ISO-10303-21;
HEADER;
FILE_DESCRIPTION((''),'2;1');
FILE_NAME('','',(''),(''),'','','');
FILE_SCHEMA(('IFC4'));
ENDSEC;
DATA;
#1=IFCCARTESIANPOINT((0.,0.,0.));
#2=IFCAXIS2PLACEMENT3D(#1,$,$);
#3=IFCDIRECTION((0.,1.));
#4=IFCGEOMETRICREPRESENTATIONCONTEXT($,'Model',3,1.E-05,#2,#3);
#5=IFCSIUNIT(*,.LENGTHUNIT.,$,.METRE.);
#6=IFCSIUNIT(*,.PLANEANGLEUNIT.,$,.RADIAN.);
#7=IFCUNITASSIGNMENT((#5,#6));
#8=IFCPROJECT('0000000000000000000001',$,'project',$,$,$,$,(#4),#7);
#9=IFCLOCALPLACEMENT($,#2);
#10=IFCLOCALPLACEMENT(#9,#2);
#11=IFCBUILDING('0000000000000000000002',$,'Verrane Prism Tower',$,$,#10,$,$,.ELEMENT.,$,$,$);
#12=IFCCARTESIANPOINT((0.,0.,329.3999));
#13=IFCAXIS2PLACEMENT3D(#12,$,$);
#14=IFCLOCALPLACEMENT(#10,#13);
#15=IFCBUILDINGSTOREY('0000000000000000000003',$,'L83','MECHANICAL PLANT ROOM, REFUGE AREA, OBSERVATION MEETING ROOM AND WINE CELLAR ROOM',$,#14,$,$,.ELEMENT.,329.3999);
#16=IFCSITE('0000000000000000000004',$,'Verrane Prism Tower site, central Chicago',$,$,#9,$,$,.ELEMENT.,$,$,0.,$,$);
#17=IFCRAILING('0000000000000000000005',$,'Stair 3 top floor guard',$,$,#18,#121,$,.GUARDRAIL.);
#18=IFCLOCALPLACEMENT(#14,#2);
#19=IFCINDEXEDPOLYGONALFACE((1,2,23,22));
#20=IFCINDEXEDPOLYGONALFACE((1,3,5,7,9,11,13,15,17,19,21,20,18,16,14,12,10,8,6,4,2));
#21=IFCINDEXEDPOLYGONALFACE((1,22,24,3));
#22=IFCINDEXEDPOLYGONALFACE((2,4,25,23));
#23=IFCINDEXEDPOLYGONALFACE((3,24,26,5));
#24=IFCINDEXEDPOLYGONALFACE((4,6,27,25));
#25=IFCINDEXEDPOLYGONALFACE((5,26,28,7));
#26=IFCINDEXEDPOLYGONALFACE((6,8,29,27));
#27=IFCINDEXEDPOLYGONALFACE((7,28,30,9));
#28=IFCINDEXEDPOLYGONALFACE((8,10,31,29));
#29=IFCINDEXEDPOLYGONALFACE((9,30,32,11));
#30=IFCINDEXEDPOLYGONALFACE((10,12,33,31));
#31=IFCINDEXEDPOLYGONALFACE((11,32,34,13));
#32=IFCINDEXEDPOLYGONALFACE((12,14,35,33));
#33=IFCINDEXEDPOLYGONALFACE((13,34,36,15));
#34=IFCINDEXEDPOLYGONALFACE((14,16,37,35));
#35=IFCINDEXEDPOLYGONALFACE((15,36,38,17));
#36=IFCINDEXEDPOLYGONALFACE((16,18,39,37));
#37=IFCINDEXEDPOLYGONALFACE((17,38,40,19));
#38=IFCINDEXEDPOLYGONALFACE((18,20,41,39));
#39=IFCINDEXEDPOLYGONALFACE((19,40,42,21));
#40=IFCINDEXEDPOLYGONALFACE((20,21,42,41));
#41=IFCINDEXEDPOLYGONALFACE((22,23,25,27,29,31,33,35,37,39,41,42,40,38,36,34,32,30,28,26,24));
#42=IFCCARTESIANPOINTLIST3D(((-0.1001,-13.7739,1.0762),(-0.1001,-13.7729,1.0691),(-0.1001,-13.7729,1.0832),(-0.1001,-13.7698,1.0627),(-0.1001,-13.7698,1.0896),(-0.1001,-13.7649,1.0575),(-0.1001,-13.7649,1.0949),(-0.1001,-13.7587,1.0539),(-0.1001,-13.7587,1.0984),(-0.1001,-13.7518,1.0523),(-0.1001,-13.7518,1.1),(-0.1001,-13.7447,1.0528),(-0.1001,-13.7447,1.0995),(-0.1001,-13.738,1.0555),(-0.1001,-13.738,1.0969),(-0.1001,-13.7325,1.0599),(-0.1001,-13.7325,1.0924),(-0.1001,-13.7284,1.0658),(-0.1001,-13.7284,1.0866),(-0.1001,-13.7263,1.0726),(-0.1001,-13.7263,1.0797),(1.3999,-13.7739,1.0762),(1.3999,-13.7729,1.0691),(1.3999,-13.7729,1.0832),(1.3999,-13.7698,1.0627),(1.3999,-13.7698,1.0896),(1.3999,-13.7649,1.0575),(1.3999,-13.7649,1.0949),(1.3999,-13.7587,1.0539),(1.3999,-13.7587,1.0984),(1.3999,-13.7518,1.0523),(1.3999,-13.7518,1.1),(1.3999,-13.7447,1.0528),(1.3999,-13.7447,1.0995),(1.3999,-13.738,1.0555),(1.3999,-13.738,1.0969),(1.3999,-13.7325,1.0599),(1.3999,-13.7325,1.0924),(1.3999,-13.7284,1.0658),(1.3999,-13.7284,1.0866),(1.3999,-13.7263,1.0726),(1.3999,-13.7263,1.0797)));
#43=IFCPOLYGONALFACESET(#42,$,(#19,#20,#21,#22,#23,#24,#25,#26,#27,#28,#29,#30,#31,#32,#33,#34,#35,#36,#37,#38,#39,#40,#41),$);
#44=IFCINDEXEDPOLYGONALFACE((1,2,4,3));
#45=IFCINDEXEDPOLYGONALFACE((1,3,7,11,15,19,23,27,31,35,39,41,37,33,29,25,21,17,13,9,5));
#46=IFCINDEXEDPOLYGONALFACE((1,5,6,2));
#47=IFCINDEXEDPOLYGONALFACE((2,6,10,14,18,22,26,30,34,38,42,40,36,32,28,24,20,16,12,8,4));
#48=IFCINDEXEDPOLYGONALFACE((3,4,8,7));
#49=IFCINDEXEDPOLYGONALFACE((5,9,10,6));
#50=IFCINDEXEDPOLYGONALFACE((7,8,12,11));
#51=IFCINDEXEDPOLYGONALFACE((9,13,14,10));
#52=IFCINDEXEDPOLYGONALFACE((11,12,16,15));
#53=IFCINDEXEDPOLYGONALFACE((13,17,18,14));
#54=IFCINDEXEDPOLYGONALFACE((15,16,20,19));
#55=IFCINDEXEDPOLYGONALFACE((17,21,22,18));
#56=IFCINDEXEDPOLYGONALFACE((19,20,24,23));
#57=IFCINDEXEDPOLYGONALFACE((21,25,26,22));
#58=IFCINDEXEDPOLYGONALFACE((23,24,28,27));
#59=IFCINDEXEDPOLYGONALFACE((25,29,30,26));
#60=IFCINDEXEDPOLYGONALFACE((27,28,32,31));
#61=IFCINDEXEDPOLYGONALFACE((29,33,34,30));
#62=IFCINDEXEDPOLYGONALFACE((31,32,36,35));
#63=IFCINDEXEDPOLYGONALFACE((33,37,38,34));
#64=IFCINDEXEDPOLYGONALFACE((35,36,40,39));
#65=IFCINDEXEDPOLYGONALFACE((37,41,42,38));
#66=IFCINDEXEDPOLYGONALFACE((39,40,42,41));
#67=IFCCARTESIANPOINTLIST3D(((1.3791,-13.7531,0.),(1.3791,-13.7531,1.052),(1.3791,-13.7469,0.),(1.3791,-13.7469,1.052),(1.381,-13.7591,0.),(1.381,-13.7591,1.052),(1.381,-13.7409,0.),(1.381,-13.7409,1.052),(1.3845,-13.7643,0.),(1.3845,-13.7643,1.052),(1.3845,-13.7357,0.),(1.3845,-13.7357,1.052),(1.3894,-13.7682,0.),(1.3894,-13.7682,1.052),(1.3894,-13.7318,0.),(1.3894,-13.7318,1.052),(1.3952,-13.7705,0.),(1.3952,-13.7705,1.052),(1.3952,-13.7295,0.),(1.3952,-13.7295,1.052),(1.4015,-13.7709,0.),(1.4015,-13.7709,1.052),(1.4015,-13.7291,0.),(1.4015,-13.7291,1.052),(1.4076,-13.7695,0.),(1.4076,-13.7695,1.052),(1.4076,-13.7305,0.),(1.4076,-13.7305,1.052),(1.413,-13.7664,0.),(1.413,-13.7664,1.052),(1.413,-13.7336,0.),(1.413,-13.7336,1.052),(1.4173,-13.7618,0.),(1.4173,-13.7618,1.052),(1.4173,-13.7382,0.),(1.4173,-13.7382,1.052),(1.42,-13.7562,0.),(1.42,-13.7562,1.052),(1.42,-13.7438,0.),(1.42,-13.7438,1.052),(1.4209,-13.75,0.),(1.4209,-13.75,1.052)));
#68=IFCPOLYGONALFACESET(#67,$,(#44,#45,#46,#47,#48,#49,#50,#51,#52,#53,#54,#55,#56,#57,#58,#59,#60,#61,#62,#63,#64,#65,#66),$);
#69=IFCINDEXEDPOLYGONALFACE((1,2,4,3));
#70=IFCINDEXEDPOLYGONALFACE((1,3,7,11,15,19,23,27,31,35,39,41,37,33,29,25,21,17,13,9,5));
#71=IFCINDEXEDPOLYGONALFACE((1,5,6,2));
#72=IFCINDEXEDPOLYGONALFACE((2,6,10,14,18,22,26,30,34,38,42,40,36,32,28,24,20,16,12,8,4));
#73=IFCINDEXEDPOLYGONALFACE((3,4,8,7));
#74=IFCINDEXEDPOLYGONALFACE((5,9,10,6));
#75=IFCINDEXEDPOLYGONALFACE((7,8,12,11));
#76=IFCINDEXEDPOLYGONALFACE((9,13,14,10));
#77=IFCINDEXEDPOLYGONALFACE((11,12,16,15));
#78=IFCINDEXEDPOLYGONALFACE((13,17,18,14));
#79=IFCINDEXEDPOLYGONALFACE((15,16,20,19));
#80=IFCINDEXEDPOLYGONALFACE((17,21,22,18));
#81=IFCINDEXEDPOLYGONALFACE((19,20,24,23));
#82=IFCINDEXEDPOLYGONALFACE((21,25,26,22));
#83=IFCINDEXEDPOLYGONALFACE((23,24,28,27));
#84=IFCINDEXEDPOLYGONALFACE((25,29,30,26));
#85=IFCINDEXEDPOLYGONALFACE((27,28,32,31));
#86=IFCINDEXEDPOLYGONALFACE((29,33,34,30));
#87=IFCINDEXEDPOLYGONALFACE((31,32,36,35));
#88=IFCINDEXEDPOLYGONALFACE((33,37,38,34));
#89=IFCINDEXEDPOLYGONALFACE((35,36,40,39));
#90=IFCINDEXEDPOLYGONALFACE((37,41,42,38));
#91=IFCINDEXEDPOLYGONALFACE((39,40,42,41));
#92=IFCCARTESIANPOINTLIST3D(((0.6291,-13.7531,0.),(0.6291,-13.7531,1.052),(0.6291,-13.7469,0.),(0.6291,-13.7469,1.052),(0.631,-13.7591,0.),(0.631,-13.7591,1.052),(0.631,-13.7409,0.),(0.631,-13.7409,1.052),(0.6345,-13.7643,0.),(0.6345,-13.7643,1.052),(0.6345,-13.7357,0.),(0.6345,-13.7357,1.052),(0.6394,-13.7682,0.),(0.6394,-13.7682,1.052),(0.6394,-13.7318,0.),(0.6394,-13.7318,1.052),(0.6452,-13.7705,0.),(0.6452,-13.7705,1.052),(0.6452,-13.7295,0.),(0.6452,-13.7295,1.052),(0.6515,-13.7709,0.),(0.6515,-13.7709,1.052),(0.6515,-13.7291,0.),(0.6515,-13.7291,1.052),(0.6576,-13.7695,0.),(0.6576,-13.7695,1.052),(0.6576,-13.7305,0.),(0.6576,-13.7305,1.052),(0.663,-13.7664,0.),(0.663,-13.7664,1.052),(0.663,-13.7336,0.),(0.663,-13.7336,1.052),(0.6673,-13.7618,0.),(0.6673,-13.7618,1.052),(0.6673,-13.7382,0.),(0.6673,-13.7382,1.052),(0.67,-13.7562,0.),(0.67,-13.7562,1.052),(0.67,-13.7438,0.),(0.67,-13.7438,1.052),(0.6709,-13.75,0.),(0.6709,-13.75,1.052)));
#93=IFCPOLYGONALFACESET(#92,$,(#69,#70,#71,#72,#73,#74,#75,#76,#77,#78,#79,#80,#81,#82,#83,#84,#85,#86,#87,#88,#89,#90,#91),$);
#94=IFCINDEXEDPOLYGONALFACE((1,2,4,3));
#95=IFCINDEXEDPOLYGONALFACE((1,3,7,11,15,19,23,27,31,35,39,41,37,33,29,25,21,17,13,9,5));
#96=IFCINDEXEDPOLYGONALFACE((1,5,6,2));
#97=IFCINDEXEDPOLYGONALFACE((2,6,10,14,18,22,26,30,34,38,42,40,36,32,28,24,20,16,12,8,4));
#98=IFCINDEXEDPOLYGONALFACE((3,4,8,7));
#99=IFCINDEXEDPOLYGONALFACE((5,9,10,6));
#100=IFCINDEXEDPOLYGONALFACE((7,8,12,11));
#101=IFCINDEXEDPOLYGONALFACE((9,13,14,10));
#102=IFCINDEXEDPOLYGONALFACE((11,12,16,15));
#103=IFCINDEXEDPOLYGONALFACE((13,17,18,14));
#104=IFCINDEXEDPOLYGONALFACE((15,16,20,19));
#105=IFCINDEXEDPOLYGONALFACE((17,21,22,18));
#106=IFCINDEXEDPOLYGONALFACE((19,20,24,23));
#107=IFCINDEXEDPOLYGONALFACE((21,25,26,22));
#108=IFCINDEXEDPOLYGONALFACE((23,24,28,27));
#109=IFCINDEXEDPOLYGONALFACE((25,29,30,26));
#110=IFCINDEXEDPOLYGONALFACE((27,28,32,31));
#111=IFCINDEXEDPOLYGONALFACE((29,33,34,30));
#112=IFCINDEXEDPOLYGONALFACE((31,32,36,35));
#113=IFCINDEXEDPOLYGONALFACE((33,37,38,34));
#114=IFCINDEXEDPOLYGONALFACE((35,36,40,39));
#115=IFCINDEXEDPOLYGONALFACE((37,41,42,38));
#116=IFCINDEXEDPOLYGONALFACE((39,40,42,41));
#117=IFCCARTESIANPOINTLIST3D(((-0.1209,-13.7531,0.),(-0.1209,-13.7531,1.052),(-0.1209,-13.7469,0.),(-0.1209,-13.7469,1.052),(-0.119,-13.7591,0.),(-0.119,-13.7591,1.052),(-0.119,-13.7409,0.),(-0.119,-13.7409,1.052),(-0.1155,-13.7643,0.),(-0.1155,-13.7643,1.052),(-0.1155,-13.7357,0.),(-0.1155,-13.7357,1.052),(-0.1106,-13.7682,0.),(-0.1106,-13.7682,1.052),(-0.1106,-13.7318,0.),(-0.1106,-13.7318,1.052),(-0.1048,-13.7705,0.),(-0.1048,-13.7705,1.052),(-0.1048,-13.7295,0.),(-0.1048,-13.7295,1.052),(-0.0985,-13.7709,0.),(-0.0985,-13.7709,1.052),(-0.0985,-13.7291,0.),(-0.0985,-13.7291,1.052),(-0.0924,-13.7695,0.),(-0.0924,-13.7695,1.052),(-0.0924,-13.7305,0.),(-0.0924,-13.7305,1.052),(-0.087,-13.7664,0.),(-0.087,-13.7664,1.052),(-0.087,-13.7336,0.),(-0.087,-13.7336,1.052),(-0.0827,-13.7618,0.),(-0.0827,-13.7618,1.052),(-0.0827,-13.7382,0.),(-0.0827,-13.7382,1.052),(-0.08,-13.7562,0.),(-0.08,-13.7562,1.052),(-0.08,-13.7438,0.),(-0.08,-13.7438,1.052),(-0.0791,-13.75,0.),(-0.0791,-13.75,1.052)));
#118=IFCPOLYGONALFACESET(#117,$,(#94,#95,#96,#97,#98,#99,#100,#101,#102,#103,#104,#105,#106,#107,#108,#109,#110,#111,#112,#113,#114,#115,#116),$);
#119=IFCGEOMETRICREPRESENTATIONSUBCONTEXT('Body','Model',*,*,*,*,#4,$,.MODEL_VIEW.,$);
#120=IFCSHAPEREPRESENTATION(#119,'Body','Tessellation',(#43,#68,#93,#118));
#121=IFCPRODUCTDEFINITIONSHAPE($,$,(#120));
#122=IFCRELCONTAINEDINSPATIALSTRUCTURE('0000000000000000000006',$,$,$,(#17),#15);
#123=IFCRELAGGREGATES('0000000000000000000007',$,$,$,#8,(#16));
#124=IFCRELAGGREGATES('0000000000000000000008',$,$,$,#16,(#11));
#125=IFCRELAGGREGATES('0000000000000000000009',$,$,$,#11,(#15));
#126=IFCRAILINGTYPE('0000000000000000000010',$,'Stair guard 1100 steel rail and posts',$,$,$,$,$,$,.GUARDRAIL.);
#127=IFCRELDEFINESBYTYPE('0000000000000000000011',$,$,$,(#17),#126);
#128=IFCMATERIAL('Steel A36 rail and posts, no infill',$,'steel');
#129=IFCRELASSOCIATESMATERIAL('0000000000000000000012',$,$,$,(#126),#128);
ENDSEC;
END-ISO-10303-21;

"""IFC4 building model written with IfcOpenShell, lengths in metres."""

from ifc_helpers import new_model, si_unit, direction, frame, origin, origin_2d, place, context, subcontext, project, spatial, circle, extrude, material, type_object, element, save


model = new_model("IFC4")

# Units and contexts
model_context = context("Model", 3, precision=1e-05, world=origin(), true_north=direction((0.0, 1.0)))
body_context = subcontext(model_context, "Body", "Model", "MODEL_VIEW")
ifc_project = project(units=[si_unit("LENGTHUNIT", "METRE"), si_unit("PLANEANGLEUNIT", "RADIAN")], contexts=[model_context])

# Site, building, storey
site_placement = place(None, origin())
site = spatial("IfcSite", under=ifc_project, at=site_placement, Name="Verrane Prism Tower site, central Chicago", CompositionType="ELEMENT", RefElevation=0.0)
building_placement = place(site_placement, origin())
building = spatial("IfcBuilding", under=site, at=building_placement, Name="Verrane Prism Tower", CompositionType="ELEMENT")
storey_placement = place(building_placement, frame((0.0, 0.0, 329.3999)))
storey = spatial("IfcBuildingStorey", under=building, at=storey_placement, Name="L83", Description="MECHANICAL PLANT ROOM, REFUGE AREA, OBSERVATION MEETING ROOM AND WINE CELLAR ROOM", CompositionType="ELEMENT", Elevation=329.3999)

# Railing
ifc_material_1 = material(Name="Steel A36 rail and posts, no infill", Category="steel")
railing_type = type_object("IfcRailingType", Name="Stair guard 1100 steel rail and posts", PredefinedType="GUARDRAIL", material=ifc_material_1)
railing_placement = place(storey_placement, frame((1.3999, -13.75, 0.0)))
element("IfcRailing", 1, at=railing_placement, inside=storey, type_object=railing_type, Name="Stair 3 top floor guard", PredefinedType="GUARDRAIL", context=body_context, shape_type="SweptSolid", body=[
    extrude(circle(Radius=0.0239, at=origin_2d()), frame((0.0, 0.0, 1.0762), z_axis=(-1.0, 0.0, 0.0), x_axis=(0.0, -1.0, 0.0)), (0.0, 0.0, 1.0), 1.5),
    extrude(circle(Radius=0.021, at=origin_2d()), origin(), (0.0, 0.0, 1.0), 1.052),
    extrude(circle(Radius=0.021, at=origin_2d()), frame((-0.75, 0.0, 0.0)), (0.0, 0.0, 1.0), 1.052),
    extrude(circle(Radius=0.021, at=origin_2d()), frame((-1.5, 0.0, 0.0)), (0.0, 0.0, 1.0), 1.052),
])

save(model, "model.ifc")
